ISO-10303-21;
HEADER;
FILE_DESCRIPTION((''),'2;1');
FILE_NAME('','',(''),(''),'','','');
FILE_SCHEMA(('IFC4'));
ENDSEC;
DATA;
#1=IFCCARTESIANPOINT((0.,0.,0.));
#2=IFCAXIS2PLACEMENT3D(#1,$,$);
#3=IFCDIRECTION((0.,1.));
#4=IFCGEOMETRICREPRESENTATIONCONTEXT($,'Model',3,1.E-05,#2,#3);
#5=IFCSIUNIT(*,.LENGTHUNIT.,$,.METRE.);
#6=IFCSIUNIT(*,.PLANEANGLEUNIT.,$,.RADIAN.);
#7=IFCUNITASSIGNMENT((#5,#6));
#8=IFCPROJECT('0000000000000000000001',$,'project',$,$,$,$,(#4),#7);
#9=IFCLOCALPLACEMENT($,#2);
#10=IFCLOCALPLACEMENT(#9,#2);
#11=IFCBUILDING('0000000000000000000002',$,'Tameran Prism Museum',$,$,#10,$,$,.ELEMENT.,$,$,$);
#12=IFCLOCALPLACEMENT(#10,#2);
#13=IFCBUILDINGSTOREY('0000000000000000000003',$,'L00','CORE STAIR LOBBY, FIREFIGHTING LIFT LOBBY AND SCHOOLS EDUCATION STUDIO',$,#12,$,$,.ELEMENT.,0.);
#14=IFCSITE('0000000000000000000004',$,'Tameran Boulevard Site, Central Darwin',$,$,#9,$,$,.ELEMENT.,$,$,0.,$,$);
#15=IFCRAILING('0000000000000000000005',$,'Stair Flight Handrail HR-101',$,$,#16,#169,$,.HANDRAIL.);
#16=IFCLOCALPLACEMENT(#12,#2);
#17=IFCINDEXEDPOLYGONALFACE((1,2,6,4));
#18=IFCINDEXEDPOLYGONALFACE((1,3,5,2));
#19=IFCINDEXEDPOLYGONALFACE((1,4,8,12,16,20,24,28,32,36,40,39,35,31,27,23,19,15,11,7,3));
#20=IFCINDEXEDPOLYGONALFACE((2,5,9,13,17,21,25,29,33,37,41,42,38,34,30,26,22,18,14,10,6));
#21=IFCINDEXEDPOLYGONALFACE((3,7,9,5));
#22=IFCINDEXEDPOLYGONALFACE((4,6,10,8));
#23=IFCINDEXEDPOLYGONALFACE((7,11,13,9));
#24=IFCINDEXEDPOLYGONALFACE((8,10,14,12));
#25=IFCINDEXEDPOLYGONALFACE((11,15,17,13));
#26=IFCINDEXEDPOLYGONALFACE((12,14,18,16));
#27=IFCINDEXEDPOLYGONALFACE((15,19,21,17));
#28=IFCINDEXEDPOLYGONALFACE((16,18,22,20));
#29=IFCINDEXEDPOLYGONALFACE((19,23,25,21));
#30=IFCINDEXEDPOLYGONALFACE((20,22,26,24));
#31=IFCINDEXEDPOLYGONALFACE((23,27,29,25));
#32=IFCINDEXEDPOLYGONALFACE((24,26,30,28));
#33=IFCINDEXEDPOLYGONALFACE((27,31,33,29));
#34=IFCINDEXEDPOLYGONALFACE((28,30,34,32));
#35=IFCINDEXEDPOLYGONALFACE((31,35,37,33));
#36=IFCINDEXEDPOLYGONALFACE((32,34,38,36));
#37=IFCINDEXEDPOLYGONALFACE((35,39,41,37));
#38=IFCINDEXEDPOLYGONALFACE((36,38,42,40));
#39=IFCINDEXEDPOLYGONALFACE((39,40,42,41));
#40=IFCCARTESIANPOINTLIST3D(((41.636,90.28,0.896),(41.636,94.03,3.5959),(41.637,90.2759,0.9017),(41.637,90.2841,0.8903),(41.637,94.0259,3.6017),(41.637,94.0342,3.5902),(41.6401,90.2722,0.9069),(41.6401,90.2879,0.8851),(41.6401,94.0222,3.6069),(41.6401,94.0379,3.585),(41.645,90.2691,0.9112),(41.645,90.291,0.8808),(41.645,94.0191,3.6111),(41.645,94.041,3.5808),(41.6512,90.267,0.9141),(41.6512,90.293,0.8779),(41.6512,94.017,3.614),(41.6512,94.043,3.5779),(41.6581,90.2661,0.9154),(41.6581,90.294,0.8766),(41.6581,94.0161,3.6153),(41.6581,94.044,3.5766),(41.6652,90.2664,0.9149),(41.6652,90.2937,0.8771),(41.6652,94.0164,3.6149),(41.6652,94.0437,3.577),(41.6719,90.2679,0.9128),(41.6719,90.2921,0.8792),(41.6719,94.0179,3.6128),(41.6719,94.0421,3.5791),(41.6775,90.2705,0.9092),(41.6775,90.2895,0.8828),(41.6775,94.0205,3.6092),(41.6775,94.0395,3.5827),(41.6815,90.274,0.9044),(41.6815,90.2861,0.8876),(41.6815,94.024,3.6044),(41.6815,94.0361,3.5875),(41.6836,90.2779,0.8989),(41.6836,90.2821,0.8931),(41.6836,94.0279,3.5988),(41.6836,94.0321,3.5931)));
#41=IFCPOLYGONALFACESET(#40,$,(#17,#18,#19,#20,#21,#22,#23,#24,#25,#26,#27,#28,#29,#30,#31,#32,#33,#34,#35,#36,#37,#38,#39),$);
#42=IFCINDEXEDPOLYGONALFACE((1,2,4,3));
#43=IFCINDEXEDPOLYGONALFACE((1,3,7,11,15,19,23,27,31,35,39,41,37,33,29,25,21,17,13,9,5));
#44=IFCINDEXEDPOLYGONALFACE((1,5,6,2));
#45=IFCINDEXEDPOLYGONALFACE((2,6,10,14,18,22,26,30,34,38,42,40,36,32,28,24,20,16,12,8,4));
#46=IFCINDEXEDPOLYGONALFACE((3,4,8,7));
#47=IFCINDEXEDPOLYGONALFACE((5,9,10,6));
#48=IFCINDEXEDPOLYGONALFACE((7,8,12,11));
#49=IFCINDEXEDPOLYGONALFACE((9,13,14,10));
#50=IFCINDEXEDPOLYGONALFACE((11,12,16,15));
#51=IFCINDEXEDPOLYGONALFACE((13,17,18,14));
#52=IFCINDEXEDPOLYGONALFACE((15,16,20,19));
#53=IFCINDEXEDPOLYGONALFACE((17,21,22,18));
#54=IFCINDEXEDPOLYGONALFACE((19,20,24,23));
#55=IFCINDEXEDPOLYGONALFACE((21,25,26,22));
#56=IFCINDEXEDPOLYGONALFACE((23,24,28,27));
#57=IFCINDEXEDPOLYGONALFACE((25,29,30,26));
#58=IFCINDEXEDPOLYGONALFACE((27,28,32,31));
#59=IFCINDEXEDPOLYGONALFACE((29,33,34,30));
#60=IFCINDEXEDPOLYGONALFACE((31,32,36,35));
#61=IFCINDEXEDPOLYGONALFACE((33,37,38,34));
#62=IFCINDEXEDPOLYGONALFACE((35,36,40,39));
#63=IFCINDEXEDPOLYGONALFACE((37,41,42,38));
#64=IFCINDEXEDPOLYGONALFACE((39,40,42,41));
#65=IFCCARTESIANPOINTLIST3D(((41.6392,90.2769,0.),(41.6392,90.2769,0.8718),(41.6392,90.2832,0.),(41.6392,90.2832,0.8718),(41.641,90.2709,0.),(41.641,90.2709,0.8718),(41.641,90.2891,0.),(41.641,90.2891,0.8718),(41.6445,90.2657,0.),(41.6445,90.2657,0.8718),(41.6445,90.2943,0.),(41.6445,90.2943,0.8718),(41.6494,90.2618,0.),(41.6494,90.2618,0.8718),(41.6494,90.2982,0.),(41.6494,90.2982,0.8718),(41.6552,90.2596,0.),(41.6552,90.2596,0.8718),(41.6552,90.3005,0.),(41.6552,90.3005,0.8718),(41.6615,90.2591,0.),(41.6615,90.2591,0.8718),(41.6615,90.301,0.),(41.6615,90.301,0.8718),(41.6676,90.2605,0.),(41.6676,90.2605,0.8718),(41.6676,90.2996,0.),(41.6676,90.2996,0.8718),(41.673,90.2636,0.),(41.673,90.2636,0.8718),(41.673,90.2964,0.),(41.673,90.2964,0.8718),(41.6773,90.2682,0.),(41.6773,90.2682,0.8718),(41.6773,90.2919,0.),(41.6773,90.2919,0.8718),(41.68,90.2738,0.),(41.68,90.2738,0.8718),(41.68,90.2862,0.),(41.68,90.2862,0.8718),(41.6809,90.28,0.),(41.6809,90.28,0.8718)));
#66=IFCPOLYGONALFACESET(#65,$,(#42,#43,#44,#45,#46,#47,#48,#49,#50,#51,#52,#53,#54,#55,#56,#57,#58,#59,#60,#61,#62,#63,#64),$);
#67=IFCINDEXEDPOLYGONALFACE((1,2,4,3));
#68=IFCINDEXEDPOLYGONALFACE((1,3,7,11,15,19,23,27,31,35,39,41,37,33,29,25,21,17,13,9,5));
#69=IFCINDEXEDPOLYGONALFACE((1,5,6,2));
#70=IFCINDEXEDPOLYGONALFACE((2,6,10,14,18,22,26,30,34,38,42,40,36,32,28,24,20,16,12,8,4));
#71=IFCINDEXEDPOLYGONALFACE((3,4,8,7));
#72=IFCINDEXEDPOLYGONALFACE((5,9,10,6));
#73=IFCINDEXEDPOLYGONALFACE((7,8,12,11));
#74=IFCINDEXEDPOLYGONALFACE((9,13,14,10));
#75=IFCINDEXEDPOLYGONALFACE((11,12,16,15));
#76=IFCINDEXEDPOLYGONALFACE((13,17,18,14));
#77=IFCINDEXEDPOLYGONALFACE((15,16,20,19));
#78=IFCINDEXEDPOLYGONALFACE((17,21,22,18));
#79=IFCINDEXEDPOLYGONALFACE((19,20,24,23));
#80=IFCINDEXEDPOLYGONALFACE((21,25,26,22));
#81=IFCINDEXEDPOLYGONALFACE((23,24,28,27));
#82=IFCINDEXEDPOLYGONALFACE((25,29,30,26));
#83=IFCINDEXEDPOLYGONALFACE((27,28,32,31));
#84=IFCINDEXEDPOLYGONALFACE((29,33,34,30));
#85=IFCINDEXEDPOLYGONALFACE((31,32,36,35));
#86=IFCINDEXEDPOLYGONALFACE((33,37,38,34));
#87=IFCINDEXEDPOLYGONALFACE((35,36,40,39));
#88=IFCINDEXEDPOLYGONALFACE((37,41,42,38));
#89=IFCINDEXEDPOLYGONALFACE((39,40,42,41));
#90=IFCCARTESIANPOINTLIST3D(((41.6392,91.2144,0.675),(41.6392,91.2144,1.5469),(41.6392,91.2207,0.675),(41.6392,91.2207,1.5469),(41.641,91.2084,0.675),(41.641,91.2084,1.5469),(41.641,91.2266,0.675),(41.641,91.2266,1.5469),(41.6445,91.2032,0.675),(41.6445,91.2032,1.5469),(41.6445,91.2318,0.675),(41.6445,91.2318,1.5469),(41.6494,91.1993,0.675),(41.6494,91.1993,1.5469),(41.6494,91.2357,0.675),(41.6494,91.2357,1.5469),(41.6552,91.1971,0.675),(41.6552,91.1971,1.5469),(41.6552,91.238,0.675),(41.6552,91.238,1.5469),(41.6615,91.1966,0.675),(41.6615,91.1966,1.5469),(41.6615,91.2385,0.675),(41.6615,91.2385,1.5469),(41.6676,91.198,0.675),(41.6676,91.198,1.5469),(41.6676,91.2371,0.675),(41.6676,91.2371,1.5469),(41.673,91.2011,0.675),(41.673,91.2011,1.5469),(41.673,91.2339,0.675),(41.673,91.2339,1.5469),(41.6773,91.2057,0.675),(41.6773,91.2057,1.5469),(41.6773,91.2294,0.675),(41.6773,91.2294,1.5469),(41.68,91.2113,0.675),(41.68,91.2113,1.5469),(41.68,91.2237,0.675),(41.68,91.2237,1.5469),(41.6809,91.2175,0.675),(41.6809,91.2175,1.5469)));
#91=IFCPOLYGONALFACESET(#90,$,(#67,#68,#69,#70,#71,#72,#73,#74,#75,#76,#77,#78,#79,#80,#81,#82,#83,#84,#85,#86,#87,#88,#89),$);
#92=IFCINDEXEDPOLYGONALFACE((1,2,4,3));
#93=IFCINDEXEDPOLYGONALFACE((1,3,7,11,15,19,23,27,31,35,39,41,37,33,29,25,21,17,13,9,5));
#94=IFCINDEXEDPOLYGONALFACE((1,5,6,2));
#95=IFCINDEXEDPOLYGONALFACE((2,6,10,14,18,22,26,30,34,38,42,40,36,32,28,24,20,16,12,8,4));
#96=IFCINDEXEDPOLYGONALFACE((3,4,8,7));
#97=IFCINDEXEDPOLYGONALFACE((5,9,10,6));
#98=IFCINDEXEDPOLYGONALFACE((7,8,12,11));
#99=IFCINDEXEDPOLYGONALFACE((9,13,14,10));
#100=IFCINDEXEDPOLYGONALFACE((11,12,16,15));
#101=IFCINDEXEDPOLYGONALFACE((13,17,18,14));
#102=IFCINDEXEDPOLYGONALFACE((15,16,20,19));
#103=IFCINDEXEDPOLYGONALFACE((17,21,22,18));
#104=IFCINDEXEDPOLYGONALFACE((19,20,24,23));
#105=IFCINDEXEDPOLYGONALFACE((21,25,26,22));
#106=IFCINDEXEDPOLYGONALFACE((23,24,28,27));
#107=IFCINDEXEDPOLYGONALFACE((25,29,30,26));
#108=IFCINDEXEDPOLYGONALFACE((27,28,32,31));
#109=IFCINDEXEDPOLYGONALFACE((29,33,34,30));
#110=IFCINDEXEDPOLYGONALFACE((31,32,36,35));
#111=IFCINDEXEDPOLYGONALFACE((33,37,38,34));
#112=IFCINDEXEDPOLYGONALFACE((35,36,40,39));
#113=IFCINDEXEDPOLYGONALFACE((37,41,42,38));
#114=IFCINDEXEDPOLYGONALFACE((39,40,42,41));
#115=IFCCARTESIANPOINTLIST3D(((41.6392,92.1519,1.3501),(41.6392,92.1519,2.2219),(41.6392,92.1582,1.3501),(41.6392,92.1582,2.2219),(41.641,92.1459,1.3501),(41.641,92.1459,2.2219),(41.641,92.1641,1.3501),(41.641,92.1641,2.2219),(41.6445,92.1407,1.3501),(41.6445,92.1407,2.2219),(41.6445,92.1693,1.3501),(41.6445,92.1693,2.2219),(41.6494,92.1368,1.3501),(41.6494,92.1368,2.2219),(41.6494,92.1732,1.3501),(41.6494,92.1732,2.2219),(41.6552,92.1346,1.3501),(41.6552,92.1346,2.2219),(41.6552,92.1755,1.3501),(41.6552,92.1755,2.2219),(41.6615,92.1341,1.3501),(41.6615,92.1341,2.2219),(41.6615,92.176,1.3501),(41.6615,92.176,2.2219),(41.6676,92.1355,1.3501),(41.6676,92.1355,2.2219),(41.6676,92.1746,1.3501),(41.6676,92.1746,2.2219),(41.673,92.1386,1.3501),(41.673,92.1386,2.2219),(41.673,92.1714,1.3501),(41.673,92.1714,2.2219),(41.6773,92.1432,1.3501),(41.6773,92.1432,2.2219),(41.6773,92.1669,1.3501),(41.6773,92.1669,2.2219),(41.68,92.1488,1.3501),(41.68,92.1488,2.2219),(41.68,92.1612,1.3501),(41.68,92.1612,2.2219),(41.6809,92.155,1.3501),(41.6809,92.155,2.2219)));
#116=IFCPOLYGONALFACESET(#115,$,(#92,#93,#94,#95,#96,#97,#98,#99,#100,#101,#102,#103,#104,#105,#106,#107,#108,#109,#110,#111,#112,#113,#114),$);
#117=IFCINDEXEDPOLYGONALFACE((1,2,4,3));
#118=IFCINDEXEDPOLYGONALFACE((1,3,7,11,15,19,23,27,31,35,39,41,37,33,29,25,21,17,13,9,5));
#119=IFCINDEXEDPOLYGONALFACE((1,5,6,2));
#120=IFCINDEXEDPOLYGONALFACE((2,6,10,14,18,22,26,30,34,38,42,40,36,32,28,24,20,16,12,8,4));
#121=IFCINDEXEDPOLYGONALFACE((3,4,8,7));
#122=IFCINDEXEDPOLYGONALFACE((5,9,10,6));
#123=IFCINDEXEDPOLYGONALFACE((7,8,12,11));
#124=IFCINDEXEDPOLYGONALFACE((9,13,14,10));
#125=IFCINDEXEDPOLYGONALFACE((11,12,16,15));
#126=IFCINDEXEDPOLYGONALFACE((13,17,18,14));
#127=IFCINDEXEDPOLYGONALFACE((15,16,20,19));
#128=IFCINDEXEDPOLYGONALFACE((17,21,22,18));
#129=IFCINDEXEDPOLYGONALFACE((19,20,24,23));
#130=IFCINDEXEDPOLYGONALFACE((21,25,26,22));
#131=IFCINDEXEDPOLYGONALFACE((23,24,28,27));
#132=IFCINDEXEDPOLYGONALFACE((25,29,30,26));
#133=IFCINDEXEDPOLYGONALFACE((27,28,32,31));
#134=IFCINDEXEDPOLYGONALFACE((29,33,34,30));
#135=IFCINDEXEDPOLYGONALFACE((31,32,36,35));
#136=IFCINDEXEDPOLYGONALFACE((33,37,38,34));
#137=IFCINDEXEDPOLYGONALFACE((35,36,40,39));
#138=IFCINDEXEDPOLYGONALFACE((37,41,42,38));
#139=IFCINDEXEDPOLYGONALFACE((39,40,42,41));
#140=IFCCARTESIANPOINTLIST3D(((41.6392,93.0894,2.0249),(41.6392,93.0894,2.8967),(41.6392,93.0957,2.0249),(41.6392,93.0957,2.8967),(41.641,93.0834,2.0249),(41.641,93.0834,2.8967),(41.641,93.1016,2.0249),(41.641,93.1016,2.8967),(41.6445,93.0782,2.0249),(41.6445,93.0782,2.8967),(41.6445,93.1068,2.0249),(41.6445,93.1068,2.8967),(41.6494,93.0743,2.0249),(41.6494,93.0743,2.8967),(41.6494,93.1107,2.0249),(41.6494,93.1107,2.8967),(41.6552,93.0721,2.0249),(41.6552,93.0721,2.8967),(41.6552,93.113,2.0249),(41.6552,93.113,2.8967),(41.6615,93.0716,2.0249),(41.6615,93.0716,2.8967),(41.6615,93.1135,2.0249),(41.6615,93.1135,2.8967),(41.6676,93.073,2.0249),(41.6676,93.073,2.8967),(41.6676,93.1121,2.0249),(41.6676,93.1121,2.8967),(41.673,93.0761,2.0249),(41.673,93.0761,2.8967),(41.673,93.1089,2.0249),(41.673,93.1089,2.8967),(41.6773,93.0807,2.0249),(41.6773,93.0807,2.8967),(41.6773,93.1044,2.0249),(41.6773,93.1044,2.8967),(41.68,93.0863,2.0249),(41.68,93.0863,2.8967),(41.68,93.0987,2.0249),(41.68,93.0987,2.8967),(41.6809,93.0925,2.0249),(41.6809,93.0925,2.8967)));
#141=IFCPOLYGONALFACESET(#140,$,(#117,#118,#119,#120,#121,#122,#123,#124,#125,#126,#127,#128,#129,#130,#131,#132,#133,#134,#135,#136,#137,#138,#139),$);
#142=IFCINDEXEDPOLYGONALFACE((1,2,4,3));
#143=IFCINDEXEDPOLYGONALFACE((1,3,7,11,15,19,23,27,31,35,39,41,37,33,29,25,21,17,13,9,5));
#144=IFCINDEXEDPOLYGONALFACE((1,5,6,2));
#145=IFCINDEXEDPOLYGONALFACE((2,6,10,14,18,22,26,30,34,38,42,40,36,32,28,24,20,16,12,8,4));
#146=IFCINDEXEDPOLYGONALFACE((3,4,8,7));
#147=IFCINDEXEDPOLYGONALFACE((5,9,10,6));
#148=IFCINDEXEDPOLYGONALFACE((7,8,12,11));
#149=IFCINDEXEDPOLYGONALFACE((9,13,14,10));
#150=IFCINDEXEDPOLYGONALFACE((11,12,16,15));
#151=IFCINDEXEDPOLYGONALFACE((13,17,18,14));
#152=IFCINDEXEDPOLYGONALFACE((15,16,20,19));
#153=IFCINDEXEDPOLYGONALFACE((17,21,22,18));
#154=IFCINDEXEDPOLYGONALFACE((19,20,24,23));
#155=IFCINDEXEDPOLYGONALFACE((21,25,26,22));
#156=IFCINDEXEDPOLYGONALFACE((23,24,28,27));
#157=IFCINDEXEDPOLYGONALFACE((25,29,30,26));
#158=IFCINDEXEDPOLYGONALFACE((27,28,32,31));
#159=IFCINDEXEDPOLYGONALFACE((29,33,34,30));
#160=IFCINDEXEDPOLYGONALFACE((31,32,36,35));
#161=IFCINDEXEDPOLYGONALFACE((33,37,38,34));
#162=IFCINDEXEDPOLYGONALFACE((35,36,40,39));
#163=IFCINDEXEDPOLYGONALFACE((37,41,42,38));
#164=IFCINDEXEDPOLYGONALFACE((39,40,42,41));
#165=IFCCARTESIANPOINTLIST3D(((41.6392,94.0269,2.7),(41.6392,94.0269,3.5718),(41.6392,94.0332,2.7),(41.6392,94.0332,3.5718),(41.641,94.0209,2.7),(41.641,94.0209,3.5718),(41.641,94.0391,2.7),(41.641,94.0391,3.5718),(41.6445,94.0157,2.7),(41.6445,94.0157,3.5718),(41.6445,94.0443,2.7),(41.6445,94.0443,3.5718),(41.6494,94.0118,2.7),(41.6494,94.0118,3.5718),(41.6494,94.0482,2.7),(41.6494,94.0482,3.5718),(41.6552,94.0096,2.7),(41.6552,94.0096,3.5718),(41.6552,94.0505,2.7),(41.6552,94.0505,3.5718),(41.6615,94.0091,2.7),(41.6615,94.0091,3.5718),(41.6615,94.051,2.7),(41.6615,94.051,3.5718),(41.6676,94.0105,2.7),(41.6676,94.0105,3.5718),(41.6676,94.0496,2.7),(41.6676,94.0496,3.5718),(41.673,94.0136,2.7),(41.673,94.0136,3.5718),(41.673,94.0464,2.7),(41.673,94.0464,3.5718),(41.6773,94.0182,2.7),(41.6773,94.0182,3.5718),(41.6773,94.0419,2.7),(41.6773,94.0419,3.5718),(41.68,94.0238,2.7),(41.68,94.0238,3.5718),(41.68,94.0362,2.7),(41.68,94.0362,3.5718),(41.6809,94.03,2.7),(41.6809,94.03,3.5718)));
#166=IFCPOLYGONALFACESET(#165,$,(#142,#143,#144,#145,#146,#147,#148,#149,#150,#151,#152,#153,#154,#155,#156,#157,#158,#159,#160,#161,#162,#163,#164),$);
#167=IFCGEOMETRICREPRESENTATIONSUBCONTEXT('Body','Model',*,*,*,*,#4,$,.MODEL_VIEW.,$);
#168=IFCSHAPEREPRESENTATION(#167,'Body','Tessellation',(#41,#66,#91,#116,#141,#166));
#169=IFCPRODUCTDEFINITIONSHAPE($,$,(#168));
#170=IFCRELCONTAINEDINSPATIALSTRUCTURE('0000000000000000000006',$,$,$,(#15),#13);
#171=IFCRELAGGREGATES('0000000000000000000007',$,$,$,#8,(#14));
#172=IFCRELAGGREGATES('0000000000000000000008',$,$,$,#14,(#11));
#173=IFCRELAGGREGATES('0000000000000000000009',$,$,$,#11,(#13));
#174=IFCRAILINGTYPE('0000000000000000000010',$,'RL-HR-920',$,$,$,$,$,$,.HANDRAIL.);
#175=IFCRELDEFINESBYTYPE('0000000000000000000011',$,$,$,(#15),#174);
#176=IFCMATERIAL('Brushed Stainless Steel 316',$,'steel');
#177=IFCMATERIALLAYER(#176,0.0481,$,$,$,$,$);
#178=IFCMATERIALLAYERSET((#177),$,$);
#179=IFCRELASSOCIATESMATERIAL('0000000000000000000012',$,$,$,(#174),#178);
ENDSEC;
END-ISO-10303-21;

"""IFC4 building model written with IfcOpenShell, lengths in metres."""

from ifc_helpers import new_model, si_unit, direction, frame, origin, origin_2d, place, context, subcontext, project, spatial, circle, extrude, material, layer, layer_set, type_object, element, save


model = new_model("IFC4")

# Units and contexts
model_context = context("Model", 3, precision=1e-05, world=origin(), true_north=direction((0.0, 1.0)))
body_context = subcontext(model_context, "Body", "Model", "MODEL_VIEW")
ifc_project = project(units=[si_unit("LENGTHUNIT", "METRE"), si_unit("PLANEANGLEUNIT", "RADIAN")], contexts=[model_context])

# Site, building, storey
site_placement = place(None, origin())
site = spatial("IfcSite", under=ifc_project, at=site_placement, Name="Tameran Boulevard Site, Central Darwin", CompositionType="ELEMENT", RefElevation=0.0)
building_placement = place(site_placement, origin())
building = spatial("IfcBuilding", under=site, at=building_placement, Name="Tameran Prism Museum", CompositionType="ELEMENT")
storey_placement = place(building_placement, origin())
storey = spatial("IfcBuildingStorey", under=building, at=storey_placement, Name="L00", Description="CORE STAIR LOBBY, FIREFIGHTING LIFT LOBBY AND SCHOOLS EDUCATION STUDIO", CompositionType="ELEMENT", Elevation=0.0)

# Railing
ifc_material_1 = material(Name="Brushed Stainless Steel 316", Category="steel")
ifc_layer_1 = layer(ifc_material_1, 0.0481)
ifc_layer_set_1 = layer_set([ifc_layer_1])
railing_type_1 = type_object("IfcRailingType", Name="RL-HR-920", PredefinedType="HANDRAIL", material=ifc_layer_set_1)
railing_1_placement = place(storey_placement, frame((41.6599, 90.28, 0.0)))
element("IfcRailing", 1, at=railing_1_placement, inside=storey, type_object=railing_type_1, Name="Stair Flight Handrail HR-101", PredefinedType="HANDRAIL", context=body_context, shape_type="SweptSolid", body=[
    extrude(circle(Radius=0.0239, at=origin_2d()), frame((0.0, 0.0, 0.896), z_axis=(0.0, 0.811539, 0.584298), x_axis=(-1.0, 0.0, 0.0)), (0.0, 0.0, 1.0), 4.6208),
    extrude(circle(Radius=0.021, at=origin_2d()), origin(), (0.0, 0.0, 1.0), 0.8718),
    extrude(circle(Radius=0.021, at=origin_2d()), frame((0.0, 0.9375, 0.675)), (0.0, 0.0, 1.0), 0.8718),
    extrude(circle(Radius=0.021, at=origin_2d()), frame((0.0, 1.875, 1.3501)), (0.0, 0.0, 1.0), 0.8718),
    extrude(circle(Radius=0.021, at=origin_2d()), frame((0.0, 2.8125, 2.0249)), (0.0, 0.0, 1.0), 0.8718),
    extrude(circle(Radius=0.021, at=origin_2d()), frame((0.0, 3.75, 2.7)), (0.0, 0.0, 1.0), 0.8718),
])

save(model, "model.ifc")
